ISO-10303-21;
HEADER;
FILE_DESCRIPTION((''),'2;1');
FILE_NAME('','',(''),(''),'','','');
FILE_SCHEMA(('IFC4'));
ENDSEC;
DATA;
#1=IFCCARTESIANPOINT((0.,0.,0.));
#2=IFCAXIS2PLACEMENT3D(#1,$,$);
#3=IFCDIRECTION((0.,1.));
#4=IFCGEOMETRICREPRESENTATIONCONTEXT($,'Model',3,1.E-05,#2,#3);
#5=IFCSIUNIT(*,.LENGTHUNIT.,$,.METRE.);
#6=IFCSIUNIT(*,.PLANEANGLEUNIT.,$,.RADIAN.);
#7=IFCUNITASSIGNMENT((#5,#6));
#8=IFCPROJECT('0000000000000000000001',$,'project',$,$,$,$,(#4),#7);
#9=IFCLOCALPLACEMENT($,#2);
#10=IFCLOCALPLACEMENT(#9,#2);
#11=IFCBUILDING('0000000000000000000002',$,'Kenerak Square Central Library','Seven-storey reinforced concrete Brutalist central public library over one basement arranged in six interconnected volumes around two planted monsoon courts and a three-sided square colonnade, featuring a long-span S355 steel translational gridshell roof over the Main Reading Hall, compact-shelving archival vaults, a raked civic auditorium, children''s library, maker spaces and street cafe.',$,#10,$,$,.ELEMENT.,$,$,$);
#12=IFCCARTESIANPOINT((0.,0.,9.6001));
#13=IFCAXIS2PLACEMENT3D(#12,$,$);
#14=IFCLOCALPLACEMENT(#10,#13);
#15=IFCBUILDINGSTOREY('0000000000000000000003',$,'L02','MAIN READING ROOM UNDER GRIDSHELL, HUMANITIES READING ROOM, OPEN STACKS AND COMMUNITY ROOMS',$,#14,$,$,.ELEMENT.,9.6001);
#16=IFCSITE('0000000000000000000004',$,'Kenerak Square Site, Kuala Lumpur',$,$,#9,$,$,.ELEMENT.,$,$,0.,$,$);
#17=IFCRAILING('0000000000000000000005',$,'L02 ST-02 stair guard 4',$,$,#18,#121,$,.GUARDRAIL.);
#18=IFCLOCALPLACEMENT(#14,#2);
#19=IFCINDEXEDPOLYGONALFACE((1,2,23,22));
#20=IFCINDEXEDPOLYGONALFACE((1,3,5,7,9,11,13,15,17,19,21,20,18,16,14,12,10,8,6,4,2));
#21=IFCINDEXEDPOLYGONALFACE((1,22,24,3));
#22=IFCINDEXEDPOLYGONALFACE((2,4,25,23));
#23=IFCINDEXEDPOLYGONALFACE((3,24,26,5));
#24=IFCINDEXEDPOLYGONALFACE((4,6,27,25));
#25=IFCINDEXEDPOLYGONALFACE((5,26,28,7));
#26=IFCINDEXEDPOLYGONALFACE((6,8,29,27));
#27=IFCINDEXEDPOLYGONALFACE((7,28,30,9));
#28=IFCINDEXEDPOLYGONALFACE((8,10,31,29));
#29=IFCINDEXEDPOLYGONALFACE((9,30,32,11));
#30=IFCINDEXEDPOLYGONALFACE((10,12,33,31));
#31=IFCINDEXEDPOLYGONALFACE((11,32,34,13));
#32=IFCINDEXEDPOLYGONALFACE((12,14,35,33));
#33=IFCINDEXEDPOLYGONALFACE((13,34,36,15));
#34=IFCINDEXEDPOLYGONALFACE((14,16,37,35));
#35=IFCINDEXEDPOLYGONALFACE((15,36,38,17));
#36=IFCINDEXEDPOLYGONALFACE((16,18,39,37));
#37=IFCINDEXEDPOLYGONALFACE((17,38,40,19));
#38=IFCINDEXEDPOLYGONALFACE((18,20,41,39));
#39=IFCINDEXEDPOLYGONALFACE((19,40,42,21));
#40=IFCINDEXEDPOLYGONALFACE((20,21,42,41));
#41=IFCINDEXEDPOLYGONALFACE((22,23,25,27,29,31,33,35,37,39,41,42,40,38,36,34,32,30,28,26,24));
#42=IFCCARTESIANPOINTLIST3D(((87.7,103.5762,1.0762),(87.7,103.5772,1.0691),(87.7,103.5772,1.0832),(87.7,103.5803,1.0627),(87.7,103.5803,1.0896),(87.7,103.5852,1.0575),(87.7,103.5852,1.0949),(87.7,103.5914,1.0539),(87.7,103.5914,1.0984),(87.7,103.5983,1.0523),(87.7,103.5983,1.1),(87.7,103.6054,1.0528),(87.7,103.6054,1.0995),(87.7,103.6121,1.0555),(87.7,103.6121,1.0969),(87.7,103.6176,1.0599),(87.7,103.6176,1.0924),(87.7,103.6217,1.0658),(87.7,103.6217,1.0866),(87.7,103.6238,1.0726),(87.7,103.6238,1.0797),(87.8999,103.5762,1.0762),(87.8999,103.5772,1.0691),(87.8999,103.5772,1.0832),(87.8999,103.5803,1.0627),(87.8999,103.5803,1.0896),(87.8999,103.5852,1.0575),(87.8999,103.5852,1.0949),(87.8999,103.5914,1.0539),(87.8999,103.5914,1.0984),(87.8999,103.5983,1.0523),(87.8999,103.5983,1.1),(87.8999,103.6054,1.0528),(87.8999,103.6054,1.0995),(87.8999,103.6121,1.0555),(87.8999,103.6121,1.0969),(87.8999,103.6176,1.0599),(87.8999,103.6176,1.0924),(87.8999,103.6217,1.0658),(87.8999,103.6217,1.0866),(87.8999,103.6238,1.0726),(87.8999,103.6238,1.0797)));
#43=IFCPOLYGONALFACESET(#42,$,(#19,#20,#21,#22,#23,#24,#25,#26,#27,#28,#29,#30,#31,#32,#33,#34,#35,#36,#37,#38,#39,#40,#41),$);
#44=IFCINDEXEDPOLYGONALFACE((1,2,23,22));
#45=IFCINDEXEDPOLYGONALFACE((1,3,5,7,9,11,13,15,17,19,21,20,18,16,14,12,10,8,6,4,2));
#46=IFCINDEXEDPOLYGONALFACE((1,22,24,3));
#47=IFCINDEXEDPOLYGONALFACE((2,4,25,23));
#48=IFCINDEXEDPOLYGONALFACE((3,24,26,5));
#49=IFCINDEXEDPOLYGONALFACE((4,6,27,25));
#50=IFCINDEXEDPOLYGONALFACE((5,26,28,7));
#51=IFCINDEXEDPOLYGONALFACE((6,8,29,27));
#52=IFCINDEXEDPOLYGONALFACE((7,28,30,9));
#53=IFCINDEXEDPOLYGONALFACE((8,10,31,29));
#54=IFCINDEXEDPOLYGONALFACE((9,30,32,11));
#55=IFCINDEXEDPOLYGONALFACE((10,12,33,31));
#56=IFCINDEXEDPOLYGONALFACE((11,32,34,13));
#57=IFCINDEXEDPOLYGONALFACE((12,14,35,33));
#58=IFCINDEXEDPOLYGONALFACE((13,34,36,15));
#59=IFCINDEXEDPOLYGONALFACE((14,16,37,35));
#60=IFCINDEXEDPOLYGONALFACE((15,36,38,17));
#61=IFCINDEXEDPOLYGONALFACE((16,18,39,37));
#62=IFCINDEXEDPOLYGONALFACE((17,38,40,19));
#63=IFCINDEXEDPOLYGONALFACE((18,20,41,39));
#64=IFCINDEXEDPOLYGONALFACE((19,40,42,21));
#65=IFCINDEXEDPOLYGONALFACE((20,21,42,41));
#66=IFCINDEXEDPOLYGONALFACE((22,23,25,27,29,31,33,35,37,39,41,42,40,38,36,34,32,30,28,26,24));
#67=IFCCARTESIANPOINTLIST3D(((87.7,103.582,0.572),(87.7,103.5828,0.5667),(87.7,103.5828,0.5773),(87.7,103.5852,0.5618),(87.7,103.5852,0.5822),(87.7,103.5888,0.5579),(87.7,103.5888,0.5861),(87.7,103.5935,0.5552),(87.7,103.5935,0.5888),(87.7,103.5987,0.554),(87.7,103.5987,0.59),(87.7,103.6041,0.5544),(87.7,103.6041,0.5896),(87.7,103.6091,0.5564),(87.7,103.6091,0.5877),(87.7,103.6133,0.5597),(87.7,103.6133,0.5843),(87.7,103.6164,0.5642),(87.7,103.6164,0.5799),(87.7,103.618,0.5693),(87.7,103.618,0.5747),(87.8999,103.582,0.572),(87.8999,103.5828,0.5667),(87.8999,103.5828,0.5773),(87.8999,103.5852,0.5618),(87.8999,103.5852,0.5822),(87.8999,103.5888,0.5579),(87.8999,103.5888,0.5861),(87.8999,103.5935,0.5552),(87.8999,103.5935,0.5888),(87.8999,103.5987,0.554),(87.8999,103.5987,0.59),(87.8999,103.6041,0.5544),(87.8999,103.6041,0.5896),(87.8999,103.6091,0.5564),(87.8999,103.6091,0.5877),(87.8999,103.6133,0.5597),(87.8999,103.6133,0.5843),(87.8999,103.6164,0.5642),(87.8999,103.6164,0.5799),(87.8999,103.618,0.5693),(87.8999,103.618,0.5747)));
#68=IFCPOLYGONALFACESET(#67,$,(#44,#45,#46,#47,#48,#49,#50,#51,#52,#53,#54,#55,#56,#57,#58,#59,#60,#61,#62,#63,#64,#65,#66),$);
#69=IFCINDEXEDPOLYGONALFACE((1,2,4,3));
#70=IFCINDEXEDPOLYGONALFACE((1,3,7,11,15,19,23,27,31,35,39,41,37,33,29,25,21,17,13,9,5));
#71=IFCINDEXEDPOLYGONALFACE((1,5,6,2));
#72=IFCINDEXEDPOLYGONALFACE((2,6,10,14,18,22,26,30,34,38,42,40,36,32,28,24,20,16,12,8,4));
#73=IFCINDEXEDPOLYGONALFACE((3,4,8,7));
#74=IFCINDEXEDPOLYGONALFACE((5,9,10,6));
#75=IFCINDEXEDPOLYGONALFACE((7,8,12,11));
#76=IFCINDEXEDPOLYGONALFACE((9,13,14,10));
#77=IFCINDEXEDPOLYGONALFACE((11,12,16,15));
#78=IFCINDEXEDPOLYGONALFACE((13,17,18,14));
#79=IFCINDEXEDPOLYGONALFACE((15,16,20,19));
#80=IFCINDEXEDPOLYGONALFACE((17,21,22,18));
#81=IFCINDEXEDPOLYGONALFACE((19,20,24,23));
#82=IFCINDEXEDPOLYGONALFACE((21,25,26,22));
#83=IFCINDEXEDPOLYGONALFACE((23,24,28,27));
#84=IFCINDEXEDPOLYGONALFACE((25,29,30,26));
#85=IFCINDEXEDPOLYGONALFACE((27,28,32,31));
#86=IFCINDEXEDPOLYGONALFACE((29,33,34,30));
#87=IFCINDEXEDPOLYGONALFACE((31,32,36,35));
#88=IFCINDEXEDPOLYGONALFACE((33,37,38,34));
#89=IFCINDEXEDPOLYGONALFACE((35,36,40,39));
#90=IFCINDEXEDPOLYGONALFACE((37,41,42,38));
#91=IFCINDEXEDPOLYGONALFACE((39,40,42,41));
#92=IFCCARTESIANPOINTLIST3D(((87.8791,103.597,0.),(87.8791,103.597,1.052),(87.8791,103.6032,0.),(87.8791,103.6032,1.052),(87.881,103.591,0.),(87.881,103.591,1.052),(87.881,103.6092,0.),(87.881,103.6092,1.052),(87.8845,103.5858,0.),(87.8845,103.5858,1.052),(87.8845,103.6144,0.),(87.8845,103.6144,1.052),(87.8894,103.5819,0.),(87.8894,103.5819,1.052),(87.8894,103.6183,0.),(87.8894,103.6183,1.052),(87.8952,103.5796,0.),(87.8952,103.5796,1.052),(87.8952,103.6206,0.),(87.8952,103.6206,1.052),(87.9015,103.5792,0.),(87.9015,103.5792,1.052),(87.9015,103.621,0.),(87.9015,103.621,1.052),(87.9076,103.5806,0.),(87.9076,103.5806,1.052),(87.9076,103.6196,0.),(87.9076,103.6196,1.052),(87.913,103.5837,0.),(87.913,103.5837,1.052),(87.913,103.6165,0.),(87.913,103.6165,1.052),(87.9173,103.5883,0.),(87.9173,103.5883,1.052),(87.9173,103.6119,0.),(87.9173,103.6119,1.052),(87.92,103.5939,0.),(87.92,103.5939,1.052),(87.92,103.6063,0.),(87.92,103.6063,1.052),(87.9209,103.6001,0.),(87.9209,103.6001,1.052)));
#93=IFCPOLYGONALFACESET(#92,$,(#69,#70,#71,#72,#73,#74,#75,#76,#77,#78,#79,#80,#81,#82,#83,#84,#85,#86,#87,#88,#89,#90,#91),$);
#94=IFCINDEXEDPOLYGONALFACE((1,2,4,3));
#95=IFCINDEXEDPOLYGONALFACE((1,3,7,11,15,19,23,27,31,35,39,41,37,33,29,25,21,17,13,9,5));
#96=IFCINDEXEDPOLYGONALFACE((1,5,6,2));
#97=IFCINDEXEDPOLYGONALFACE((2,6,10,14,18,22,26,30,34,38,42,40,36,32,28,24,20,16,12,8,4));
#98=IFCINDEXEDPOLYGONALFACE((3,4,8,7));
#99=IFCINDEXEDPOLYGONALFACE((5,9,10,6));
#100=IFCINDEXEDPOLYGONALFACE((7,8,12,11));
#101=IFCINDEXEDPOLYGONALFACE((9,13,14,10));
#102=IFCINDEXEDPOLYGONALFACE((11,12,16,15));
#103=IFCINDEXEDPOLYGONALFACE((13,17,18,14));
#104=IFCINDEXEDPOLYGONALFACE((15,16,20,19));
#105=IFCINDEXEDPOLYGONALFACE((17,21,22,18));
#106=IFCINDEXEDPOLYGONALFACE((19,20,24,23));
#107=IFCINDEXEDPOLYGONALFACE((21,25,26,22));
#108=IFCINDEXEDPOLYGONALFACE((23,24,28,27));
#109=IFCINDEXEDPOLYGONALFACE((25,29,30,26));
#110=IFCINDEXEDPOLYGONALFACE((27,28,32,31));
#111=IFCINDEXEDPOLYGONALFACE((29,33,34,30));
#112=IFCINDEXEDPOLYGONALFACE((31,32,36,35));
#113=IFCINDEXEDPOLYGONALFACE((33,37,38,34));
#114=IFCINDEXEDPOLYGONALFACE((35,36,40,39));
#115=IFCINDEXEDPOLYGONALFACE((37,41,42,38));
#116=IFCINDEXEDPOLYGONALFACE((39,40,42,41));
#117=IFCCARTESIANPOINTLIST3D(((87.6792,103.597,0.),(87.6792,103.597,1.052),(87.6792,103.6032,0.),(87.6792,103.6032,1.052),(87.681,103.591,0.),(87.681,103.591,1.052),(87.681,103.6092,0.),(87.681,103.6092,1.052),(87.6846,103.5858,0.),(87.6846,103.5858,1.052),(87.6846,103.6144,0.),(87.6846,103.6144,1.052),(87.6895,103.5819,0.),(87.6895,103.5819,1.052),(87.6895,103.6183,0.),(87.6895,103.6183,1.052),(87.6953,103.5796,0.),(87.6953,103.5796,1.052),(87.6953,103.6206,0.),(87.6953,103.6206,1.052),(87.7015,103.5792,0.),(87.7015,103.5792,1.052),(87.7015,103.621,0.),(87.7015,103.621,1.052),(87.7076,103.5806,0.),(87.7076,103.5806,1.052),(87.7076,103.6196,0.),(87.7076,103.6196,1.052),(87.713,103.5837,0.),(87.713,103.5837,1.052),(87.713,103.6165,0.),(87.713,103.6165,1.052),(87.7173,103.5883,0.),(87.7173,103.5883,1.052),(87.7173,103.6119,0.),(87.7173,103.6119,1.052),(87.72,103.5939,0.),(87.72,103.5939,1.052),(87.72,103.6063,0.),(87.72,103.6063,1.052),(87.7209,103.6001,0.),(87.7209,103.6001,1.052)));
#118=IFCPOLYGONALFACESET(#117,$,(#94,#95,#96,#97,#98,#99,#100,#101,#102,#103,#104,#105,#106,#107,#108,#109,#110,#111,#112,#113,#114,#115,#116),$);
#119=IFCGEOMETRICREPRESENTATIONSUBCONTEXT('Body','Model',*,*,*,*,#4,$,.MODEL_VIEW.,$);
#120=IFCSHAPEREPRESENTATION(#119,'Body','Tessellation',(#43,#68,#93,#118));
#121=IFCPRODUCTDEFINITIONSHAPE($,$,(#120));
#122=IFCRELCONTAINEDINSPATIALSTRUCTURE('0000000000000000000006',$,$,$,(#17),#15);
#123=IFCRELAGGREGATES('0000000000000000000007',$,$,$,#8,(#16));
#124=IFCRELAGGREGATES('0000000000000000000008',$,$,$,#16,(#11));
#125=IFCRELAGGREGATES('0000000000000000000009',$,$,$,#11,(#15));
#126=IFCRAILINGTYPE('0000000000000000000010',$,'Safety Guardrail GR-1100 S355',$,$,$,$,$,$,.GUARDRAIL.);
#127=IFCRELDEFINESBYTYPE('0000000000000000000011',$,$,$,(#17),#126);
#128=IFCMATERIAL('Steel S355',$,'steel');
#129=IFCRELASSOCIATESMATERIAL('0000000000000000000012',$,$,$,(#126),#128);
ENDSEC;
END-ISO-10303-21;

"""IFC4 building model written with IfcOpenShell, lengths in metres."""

from ifc_helpers import new_model, si_unit, direction, frame, origin, origin_2d, place, context, subcontext, project, spatial, circle, extrude, material, type_object, element, save


model = new_model("IFC4")

# Units and contexts
model_context = context("Model", 3, precision=1e-05, world=origin(), true_north=direction((0.0, 1.0)))
body_context = subcontext(model_context, "Body", "Model", "MODEL_VIEW")
ifc_project = project(units=[si_unit("LENGTHUNIT", "METRE"), si_unit("PLANEANGLEUNIT", "RADIAN")], contexts=[model_context])

# Site, building, storey
site_placement = place(None, origin())
site = spatial("IfcSite", under=ifc_project, at=site_placement, Name="Kenerak Square Site, Kuala Lumpur", CompositionType="ELEMENT", RefElevation=0.0)
building_placement = place(site_placement, origin())
building = spatial("IfcBuilding", under=site, at=building_placement, Name="Kenerak Square Central Library", Description="Seven-storey reinforced concrete Brutalist central public library over one basement arranged in six interconnected volumes around two planted monsoon courts and a three-sided square colonnade, featuring a long-span S355 steel translational gridshell roof over the Main Reading Hall, compact-shelving archival vaults, a raked civic auditorium, children's library, maker spaces and street cafe.", CompositionType="ELEMENT")
storey_placement = place(building_placement, frame((0.0, 0.0, 9.6001)))
storey = spatial("IfcBuildingStorey", under=building, at=storey_placement, Name="L02", Description="MAIN READING ROOM UNDER GRIDSHELL, HUMANITIES READING ROOM, OPEN STACKS AND COMMUNITY ROOMS", CompositionType="ELEMENT", Elevation=9.6001)

# Shared definitions
ifc_material_1 = material(Name="Steel S355", Category="steel")

# Railing
railing_type_1 = type_object("IfcRailingType", Name="Safety Guardrail GR-1100 S355", PredefinedType="GUARDRAIL", material=ifc_material_1)
railing_1_placement = place(storey_placement, frame((87.8999, 103.6001, 0.0)))
element("IfcRailing", 1, at=railing_1_placement, inside=storey, type_object=railing_type_1, Name="L02 ST-02 stair guard 4", PredefinedType="GUARDRAIL", context=body_context, shape_type="SweptSolid", body=[
    extrude(circle(Radius=0.0239, at=origin_2d()), frame((0.0, 0.0, 1.0762), z_axis=(-1.0, 0.0, 0.0), x_axis=(0.0, -1.0, 0.0)), (0.0, 0.0, 1.0), 0.2),
    extrude(circle(Radius=0.0181, at=origin_2d()), frame((0.0, 0.0, 0.572), z_axis=(-1.0, 0.0, 0.0), x_axis=(0.0, -1.0, 0.0)), (0.0, 0.0, 1.0), 0.2),
    extrude(circle(Radius=0.021, at=origin_2d()), origin(), (0.0, 0.0, 1.0), 1.052),
    extrude(circle(Radius=0.021, at=origin_2d()), frame((-0.2, 0.0, 0.0)), (0.0, 0.0, 1.0), 1.052),
])

save(model, "model.ifc")
